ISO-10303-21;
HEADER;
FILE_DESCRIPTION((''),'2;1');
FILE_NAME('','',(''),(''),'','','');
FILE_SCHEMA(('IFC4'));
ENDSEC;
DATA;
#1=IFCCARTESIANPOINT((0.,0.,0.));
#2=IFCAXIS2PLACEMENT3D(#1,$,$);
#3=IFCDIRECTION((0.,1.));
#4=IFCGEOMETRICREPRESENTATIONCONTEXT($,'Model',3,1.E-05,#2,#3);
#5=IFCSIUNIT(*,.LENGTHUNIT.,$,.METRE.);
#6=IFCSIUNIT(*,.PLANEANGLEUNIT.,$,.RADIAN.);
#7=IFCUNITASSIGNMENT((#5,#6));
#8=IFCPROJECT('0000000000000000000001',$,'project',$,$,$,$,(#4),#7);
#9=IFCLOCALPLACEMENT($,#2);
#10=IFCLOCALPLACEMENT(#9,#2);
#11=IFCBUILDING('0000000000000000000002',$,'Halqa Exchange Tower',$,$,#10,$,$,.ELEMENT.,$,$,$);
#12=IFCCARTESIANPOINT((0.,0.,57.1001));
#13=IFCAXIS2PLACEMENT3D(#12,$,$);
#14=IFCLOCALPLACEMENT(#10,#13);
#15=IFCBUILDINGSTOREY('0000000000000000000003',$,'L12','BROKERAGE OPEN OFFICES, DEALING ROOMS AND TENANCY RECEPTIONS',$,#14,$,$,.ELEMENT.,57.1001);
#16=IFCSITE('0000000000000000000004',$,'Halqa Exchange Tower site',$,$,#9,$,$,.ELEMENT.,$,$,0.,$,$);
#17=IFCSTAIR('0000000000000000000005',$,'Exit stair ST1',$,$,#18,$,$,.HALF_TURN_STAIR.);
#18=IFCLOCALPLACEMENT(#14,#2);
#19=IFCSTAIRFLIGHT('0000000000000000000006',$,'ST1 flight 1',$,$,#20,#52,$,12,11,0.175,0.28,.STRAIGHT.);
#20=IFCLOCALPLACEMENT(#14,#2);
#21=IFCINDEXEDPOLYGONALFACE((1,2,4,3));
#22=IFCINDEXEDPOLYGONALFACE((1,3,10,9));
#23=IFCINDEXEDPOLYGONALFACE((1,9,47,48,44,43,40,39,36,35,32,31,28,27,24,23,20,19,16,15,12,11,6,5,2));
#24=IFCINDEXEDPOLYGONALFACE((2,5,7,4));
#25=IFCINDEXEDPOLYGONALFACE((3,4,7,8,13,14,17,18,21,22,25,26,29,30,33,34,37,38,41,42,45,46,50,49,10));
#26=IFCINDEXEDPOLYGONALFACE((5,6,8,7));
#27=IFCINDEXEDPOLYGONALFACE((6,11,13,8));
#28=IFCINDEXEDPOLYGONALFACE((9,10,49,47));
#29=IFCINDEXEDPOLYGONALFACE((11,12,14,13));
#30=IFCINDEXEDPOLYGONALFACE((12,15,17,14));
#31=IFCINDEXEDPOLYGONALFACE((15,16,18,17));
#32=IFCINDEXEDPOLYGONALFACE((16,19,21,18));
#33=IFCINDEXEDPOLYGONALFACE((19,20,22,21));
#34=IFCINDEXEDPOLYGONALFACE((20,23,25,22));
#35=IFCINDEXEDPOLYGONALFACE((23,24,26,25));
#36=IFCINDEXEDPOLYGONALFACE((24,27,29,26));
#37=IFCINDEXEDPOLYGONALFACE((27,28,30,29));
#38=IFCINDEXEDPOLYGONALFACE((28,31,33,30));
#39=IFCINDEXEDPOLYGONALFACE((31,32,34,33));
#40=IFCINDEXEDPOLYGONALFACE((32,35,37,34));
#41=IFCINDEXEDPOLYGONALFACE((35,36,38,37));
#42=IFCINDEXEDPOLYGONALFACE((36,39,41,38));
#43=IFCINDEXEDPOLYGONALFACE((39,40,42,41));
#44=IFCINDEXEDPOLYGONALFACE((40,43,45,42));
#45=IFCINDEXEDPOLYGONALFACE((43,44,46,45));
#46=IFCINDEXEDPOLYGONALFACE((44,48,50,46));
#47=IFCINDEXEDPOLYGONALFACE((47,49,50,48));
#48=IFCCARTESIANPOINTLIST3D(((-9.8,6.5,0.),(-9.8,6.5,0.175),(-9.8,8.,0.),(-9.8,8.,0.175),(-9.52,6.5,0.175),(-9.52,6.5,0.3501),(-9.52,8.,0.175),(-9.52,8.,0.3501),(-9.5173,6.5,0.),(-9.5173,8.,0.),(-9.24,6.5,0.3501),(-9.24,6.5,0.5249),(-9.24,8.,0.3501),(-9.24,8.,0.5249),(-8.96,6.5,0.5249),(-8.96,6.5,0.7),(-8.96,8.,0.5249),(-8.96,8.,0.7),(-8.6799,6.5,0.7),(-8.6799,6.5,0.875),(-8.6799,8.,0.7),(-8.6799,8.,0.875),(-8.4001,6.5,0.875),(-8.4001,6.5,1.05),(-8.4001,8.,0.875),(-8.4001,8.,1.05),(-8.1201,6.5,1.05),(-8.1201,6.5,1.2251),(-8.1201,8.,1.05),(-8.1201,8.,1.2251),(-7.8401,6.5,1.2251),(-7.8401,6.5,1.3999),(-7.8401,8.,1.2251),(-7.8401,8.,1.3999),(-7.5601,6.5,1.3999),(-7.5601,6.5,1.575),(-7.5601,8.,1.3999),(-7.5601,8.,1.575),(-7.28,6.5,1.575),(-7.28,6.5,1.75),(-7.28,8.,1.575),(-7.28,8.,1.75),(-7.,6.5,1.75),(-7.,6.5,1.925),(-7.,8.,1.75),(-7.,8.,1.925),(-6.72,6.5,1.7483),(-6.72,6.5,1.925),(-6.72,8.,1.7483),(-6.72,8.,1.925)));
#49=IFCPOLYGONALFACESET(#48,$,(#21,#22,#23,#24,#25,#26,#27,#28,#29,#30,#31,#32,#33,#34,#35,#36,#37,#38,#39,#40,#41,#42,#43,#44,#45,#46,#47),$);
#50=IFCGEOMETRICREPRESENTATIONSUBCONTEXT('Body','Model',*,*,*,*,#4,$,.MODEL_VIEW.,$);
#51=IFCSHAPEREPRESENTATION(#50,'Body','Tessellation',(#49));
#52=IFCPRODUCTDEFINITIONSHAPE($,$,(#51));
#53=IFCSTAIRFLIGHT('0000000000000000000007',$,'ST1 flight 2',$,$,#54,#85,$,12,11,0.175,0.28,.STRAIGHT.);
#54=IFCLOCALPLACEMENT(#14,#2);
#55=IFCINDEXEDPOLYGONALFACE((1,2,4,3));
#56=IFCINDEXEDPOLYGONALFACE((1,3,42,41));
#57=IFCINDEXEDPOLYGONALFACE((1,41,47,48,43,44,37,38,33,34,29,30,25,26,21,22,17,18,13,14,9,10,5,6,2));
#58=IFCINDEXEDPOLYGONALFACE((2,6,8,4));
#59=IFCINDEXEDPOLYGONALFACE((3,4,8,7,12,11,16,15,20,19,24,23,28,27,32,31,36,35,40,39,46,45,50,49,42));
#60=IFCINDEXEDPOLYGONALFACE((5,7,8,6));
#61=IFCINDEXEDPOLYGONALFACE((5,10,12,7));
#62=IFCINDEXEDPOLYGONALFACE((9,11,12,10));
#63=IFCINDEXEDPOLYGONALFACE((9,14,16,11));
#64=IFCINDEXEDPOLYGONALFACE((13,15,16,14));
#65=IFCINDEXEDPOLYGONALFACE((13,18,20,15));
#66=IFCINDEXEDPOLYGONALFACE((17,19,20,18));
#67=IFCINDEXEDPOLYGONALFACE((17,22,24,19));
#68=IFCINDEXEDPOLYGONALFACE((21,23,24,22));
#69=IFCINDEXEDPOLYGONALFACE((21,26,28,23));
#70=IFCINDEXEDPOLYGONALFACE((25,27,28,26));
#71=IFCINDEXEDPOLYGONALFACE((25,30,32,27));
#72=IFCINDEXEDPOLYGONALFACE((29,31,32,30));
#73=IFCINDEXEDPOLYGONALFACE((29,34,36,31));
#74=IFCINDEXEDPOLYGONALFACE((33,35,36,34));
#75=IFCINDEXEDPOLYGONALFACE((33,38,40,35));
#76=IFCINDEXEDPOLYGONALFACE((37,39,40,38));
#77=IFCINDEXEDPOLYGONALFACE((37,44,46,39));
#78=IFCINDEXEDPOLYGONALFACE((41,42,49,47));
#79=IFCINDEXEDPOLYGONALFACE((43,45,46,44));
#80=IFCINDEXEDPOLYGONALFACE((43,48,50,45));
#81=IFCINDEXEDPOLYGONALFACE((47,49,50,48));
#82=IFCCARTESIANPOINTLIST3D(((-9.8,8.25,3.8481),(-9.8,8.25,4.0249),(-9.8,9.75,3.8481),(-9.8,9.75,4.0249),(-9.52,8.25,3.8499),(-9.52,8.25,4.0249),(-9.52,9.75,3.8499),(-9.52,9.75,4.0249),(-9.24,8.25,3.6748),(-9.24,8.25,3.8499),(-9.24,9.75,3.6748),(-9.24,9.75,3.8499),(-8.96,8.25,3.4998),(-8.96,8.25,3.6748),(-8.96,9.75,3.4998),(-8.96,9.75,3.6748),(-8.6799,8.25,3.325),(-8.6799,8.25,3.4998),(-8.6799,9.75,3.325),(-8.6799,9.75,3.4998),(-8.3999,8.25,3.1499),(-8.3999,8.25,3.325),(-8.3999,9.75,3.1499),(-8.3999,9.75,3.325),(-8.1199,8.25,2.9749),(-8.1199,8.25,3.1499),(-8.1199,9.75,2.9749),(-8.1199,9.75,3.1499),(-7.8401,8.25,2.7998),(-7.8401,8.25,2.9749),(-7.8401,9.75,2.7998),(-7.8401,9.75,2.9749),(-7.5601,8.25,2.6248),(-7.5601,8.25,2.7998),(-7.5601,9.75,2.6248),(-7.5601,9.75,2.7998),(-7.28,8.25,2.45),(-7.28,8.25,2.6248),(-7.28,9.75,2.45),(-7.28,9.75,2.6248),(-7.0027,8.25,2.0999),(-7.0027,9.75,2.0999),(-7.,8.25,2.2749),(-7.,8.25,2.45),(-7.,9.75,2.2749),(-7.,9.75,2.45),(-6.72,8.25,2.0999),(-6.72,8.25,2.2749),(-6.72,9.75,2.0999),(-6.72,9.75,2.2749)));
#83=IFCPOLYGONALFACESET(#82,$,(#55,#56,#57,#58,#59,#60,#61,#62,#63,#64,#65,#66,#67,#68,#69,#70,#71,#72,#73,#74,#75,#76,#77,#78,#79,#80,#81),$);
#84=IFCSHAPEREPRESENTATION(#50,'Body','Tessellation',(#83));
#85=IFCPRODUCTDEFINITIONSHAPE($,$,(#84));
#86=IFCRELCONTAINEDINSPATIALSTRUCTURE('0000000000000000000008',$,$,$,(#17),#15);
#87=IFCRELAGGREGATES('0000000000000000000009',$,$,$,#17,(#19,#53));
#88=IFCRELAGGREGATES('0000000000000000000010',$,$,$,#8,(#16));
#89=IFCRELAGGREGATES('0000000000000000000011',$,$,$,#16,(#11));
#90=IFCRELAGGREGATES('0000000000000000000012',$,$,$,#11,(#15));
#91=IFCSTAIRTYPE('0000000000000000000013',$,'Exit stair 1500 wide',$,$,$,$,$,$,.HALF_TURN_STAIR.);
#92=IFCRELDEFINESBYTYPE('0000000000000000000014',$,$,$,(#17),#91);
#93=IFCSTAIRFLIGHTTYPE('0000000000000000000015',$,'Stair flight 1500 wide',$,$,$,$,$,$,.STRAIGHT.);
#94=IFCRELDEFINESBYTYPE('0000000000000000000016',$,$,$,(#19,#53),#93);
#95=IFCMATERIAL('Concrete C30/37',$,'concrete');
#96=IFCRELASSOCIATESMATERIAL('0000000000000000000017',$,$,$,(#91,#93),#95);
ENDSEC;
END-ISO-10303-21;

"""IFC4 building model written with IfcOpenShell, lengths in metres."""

from ifc_helpers import new_model, si_unit, direction, frame, origin, place, context, subcontext, project, spatial, polyline, outline, extrude, material, type_object, element, aggregate, save


model = new_model("IFC4")

# Units and contexts
model_context = context("Model", 3, precision=1e-05, world=origin(), true_north=direction((0.0, 1.0)))
body_context = subcontext(model_context, "Body", "Model", "MODEL_VIEW")
ifc_project = project(units=[si_unit("LENGTHUNIT", "METRE"), si_unit("PLANEANGLEUNIT", "RADIAN")], contexts=[model_context])

# Site, building, storey
site_placement = place(None, origin())
site = spatial("IfcSite", under=ifc_project, at=site_placement, Name="Halqa Exchange Tower site", CompositionType="ELEMENT", RefElevation=0.0)
building_placement = place(site_placement, origin())
building = spatial("IfcBuilding", under=site, at=building_placement, Name="Halqa Exchange Tower", CompositionType="ELEMENT")
storey_placement = place(building_placement, frame((0.0, 0.0, 57.1001)))
storey = spatial("IfcBuildingStorey", under=building, at=storey_placement, Name="L12", Description="BROKERAGE OPEN OFFICES, DEALING ROOMS AND TENANCY RECEPTIONS", CompositionType="ELEMENT", Elevation=57.1001)

# Shared definitions
ifc_material_1 = material(Name="Concrete C30/37", Category="concrete")

# Stair, stair flights
stair_type = type_object("IfcStairType", Name="Exit stair 1500 wide", PredefinedType="HALF_TURN_STAIR", material=ifc_material_1)
stair_placement = place(storey_placement, origin())
stair = element("IfcStair", 1, at=stair_placement, inside=storey, type_object=stair_type, Name="Exit stair ST1", PredefinedType="HALF_TURN_STAIR")
stair_flight_type = type_object("IfcStairFlightType", Name="Stair flight 1500 wide", PredefinedType="STRAIGHT", material=ifc_material_1)
stair_flight_1_placement = place(storey_placement, frame((-9.8, 7.25, 0.0), z_axis=(0.0, 0.0, 1.0), x_axis=(1.0, 0.0, 0.0)))
stair_flight_1 = element("IfcStairFlight", 2, at=stair_flight_1_placement, type_object=stair_flight_type, Name="ST1 flight 1", NumberOfRisers=12, NumberOfTreads=11, PredefinedType="STRAIGHT", RiserHeight=0.175, TreadLength=0.28, context=body_context, shape_type="SweptSolid", body=[
    extrude(outline(polyline([(0.0, 0.0), (0.0, 0.175), (0.28, 0.175), (0.28, 0.3501), (0.5601, 0.3501), (0.5601, 0.5249), (0.8401, 0.5249), (0.8401, 0.7), (1.1201, 0.7), (1.1201, 0.875), (1.3999, 0.875), (1.3999, 1.05), (1.6799, 1.05), (1.6799, 1.2251), (1.96, 1.2251), (1.96, 1.3999), (2.24, 1.3999), (2.24, 1.575), (2.52, 1.575), (2.52, 1.75), (2.8, 1.75), (2.8, 1.925), (3.0801, 1.925), (3.0801, 2.1001), (3.0801, 1.7483), (0.2827, 0.0), (0.0, 0.0)])), frame((0.0, 0.75, 0.0), z_axis=(0.0, -1.0, 0.0), x_axis=(1.0, 0.0, 0.0)), (0.0, 0.0, 1.0), 1.5),
])
stair_flight_2_placement = place(storey_placement, frame((-6.72, 9.0, 2.0999), z_axis=(0.0, 0.0, 1.0), x_axis=(-1.0, 0.0, 0.0)))
stair_flight_2 = element("IfcStairFlight", 3, at=stair_flight_2_placement, type_object=stair_flight_type, Name="ST1 flight 2", NumberOfRisers=12, NumberOfTreads=11, PredefinedType="STRAIGHT", RiserHeight=0.175, TreadLength=0.28, context=body_context, shape_type="SweptSolid", body=[
    extrude(outline(polyline([(0.0, 0.0), (0.0, 0.175), (0.28, 0.175), (0.28, 0.3501), (0.5601, 0.3501), (0.5601, 0.5249), (0.8401, 0.5249), (0.8401, 0.7), (1.1201, 0.7), (1.1201, 0.875), (1.3999, 0.875), (1.3999, 1.05), (1.6799, 1.05), (1.6799, 1.2251), (1.96, 1.2251), (1.96, 1.3999), (2.24, 1.3999), (2.24, 1.575), (2.52, 1.575), (2.52, 1.75), (2.8, 1.75), (2.8, 1.925), (3.0801, 1.925), (3.0801, 2.1001), (3.0801, 1.7483), (0.2827, 0.0), (0.0, 0.0)])), frame((0.0, 0.75, 0.0), z_axis=(0.0, -1.0, 0.0), x_axis=(1.0, 0.0, 0.0)), (0.0, 0.0, 1.0), 1.5),
])
aggregate(stair, [stair_flight_1, stair_flight_2])

save(model, "model.ifc")
